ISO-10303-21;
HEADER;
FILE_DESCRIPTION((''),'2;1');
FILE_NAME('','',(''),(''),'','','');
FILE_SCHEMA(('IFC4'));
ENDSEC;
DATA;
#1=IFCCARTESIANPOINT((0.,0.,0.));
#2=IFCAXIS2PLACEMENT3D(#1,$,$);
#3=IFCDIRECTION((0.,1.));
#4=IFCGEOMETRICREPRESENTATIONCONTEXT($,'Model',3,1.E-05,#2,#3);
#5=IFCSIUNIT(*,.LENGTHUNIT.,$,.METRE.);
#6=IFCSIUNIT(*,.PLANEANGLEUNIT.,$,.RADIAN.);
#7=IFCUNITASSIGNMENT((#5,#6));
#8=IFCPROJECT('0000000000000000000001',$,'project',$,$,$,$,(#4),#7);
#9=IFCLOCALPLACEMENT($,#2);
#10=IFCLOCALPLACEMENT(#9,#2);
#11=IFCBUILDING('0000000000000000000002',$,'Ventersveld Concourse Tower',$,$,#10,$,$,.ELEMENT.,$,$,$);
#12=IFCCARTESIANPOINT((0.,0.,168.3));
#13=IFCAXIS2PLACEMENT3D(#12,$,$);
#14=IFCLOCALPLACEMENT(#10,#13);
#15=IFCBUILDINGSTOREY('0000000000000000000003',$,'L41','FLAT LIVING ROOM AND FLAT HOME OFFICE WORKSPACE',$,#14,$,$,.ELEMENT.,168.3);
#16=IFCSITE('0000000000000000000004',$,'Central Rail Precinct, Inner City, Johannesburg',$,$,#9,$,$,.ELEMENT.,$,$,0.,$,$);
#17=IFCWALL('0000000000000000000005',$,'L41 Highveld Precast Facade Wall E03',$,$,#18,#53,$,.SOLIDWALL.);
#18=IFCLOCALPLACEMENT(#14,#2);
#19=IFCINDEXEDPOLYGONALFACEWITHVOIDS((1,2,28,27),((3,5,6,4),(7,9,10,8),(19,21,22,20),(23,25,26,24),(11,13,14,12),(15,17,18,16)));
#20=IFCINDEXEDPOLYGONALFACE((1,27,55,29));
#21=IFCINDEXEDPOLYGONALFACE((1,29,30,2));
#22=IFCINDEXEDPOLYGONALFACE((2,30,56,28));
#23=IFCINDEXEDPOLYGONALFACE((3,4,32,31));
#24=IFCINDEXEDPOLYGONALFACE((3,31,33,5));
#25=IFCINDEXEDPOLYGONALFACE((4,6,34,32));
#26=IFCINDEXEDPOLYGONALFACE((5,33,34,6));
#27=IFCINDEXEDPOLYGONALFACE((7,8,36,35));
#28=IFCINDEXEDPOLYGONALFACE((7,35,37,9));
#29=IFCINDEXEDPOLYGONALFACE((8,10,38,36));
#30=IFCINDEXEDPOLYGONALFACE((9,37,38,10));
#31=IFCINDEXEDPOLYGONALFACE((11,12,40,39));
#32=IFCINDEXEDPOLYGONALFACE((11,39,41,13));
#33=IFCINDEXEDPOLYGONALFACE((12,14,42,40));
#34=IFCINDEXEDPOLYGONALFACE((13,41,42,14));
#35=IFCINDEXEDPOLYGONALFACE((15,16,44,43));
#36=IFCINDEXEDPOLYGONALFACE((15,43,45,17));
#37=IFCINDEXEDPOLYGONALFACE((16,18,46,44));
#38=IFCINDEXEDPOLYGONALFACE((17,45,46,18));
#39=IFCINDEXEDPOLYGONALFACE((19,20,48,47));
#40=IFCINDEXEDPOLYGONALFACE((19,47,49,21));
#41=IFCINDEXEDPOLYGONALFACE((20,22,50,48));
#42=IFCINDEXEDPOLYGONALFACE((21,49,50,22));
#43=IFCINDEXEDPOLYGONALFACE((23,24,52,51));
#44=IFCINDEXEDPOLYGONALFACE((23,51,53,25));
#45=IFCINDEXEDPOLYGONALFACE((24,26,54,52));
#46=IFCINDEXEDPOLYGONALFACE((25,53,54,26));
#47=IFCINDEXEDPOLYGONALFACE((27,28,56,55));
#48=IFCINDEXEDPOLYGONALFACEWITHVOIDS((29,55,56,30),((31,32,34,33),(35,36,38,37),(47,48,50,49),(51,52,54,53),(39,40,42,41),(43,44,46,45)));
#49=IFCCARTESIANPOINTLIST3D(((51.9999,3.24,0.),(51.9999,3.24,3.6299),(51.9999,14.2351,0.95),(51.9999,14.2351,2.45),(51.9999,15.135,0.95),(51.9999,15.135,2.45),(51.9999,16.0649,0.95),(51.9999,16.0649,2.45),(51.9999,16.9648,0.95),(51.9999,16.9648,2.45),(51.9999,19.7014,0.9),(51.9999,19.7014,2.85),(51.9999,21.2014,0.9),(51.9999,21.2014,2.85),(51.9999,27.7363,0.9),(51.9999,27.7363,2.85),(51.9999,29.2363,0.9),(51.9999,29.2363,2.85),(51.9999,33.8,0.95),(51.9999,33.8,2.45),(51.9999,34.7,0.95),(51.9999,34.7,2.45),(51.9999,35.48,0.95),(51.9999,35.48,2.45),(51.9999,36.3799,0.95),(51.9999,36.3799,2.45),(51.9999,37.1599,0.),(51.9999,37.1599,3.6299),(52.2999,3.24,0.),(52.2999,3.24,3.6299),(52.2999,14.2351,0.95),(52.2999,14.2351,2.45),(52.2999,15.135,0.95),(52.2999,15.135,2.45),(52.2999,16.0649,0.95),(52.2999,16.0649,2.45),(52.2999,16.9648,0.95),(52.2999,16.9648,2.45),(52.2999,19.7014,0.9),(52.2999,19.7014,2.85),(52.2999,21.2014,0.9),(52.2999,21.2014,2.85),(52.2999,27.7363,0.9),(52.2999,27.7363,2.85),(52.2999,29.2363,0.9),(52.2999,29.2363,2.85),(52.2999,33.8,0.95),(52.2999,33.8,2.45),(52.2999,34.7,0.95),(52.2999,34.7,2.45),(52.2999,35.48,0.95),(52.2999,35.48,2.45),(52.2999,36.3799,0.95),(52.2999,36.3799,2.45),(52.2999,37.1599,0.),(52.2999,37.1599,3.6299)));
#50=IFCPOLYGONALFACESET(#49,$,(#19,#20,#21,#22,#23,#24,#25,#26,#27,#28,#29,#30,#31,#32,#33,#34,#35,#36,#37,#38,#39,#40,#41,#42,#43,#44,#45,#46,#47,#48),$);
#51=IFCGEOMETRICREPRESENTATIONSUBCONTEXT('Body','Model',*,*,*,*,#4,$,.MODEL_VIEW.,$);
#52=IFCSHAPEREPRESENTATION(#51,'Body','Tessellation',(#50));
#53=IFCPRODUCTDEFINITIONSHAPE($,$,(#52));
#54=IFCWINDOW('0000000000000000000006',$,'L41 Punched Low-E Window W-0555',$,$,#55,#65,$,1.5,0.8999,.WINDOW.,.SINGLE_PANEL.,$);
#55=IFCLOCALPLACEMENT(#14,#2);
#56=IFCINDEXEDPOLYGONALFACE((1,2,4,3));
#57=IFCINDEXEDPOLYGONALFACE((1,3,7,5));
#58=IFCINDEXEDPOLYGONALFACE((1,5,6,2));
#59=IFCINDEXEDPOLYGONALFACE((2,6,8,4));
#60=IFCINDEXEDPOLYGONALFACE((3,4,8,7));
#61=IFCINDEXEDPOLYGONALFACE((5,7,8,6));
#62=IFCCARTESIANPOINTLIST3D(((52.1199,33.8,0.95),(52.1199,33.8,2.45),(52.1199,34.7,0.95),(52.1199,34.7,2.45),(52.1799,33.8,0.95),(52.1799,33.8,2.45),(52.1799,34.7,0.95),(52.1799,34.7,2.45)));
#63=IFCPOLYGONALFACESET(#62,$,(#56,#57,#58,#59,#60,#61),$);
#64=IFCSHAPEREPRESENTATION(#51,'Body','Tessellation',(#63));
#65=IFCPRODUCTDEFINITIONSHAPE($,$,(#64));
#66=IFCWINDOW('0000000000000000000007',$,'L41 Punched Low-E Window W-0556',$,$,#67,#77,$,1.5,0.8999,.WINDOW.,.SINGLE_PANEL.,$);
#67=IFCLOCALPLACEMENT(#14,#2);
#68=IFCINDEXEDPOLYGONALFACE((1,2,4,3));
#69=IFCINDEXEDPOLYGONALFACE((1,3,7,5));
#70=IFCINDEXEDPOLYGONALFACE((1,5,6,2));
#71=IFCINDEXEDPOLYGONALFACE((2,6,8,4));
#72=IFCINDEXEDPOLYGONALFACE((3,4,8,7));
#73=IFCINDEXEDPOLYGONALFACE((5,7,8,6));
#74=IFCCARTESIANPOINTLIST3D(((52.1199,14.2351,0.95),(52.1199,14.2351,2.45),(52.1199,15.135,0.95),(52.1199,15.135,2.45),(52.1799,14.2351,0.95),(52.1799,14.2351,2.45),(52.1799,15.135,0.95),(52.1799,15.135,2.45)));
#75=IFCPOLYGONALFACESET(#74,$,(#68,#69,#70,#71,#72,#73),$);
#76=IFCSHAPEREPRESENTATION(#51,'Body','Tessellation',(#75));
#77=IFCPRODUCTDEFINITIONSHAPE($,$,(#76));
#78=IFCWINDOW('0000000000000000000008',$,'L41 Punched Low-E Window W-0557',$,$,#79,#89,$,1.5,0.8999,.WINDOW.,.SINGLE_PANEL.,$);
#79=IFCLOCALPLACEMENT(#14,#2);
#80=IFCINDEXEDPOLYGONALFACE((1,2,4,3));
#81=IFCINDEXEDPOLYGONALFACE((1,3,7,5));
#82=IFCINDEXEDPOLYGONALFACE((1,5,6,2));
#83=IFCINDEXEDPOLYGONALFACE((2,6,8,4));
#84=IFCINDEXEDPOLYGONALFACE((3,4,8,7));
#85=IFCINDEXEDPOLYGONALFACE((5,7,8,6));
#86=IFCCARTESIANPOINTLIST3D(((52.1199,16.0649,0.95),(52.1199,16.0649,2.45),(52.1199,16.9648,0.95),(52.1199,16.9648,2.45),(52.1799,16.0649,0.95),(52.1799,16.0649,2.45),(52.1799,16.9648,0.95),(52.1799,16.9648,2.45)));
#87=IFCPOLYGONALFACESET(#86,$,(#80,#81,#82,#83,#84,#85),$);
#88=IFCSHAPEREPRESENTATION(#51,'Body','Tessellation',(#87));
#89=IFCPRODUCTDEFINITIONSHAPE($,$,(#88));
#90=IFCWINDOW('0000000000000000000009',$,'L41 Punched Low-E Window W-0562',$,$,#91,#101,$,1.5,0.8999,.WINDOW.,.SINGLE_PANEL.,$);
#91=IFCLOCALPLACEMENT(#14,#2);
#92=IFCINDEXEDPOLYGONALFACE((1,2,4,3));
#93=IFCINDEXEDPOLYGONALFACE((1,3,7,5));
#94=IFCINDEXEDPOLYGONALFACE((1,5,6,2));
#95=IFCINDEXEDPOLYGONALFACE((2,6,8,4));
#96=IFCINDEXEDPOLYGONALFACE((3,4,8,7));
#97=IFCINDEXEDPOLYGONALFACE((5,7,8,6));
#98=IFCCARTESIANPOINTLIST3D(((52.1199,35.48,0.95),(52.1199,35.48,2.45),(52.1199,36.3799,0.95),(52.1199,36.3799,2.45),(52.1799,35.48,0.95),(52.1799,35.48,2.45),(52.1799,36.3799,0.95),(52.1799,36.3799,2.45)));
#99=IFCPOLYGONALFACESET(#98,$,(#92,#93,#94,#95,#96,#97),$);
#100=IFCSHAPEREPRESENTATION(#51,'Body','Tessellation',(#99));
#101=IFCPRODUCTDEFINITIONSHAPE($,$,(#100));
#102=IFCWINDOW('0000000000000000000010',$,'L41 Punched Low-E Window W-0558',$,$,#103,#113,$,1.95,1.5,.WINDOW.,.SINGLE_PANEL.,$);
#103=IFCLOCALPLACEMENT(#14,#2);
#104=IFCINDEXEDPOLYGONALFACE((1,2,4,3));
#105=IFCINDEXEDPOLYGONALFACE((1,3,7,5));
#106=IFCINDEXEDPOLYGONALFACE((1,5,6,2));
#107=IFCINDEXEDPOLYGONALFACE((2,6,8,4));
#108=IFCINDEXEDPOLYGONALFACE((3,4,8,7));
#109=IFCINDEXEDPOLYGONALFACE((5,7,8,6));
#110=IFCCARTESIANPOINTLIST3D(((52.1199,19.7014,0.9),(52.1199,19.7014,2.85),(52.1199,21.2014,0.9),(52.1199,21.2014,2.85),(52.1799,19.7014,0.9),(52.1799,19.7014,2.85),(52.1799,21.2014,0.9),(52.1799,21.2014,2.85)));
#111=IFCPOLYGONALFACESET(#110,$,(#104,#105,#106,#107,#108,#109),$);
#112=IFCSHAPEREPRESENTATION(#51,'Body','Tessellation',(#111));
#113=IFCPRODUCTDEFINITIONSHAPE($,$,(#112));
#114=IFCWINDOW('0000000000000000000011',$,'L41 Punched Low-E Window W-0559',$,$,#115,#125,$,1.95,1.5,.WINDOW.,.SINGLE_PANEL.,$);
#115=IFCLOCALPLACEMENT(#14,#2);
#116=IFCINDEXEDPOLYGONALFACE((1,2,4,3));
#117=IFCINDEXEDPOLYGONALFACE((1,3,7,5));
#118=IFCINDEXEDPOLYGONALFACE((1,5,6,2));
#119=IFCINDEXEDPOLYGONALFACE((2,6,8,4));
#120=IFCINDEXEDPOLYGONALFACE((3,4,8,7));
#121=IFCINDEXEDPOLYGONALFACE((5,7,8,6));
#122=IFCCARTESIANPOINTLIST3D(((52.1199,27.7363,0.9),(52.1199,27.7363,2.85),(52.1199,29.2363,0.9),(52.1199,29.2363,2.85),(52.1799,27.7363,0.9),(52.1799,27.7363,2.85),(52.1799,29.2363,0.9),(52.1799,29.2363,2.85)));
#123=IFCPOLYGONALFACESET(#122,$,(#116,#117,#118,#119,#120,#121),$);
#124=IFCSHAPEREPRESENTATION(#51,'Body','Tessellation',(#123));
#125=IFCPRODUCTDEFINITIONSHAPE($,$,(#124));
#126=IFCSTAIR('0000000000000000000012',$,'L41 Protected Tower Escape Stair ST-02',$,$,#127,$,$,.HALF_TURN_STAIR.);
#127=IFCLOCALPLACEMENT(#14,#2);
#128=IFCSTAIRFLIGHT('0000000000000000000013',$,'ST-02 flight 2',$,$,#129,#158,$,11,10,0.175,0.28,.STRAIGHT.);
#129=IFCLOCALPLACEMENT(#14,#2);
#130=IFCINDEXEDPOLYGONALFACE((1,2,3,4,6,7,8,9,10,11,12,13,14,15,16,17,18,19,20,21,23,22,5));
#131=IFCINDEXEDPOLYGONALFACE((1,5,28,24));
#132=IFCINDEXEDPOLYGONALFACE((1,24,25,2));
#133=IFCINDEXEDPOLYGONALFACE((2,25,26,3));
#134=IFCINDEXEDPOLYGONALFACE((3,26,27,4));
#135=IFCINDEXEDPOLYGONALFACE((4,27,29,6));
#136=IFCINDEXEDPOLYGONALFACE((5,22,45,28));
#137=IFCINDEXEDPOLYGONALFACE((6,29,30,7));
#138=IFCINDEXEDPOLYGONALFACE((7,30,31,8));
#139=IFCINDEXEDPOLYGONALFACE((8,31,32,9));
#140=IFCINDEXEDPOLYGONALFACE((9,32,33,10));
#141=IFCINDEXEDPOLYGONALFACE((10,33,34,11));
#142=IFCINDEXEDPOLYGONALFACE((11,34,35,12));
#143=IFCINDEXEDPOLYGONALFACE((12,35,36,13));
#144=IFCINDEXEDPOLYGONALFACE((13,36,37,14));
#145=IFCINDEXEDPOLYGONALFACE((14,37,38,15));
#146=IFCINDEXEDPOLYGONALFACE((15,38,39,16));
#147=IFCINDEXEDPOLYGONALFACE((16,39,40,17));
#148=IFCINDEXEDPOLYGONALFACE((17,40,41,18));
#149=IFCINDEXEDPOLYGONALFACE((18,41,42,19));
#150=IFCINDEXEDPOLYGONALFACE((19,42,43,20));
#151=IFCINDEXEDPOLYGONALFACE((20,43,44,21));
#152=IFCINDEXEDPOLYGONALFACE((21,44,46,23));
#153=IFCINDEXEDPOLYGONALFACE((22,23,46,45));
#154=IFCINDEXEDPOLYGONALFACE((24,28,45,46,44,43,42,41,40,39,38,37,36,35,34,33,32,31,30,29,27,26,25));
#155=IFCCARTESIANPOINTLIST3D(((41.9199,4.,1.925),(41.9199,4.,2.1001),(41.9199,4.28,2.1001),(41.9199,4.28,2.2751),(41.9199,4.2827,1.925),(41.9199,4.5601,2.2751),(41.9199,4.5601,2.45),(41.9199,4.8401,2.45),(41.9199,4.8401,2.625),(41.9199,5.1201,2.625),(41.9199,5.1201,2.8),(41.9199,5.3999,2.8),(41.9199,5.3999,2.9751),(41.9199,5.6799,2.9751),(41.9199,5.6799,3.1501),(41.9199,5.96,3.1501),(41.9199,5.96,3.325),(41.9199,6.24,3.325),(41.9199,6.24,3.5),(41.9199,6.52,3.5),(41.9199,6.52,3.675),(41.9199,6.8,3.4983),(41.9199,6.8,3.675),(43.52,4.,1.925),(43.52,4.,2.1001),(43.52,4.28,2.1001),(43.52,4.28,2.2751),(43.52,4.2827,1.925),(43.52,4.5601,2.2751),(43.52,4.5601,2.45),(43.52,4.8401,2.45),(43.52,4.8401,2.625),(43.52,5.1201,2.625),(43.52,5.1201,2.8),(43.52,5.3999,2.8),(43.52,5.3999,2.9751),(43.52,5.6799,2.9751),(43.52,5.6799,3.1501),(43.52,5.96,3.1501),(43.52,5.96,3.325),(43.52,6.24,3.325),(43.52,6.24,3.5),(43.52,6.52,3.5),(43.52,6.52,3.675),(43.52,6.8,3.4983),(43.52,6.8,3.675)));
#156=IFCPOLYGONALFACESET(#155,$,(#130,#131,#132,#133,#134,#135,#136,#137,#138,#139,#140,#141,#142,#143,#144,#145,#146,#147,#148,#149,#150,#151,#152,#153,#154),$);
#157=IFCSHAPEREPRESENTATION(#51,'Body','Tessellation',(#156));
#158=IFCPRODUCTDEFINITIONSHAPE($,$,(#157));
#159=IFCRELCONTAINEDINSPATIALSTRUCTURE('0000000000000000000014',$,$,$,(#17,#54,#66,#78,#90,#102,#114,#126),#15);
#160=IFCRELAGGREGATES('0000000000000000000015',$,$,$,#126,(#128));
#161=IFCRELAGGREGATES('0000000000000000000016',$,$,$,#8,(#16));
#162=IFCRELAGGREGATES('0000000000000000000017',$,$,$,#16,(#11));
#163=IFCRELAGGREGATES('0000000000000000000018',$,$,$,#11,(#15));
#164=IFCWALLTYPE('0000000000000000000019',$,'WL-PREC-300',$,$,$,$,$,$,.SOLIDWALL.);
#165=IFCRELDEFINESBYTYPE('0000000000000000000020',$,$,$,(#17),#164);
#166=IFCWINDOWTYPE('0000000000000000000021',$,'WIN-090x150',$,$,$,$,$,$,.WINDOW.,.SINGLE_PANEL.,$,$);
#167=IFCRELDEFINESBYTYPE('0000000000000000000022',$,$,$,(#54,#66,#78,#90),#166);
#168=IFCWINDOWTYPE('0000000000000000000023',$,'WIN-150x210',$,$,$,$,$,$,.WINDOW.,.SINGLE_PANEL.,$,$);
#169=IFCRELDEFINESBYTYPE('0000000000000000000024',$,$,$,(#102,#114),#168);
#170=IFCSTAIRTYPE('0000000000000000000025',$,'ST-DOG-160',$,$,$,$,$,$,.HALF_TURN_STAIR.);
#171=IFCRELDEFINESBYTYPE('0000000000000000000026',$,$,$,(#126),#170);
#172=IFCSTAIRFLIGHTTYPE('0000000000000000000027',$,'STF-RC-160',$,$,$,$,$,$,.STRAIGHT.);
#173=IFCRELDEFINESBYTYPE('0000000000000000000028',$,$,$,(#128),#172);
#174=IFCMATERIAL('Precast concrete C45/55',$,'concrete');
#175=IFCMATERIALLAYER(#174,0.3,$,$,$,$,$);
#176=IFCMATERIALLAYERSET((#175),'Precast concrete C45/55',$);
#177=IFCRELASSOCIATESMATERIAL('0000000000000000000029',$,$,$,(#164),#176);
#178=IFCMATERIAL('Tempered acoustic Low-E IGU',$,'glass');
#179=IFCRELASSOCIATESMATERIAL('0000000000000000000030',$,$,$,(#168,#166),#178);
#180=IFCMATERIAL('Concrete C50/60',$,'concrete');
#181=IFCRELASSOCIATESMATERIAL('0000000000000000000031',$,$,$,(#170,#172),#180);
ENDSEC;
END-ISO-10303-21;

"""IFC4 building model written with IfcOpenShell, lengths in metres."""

from ifc_helpers import new_model, si_unit, direction, frame, frame_2d, origin, place, context, subcontext, project, spatial, polyline, rectangle, outline, extrude, material, layer, layer_set, type_object, element, fill, aggregate, save


model = new_model("IFC4")

# Units and contexts
model_context = context("Model", 3, precision=1e-05, world=origin(), true_north=direction((0.0, 1.0)))
body_context = subcontext(model_context, "Body", "Model", "MODEL_VIEW")
ifc_project = project(units=[si_unit("LENGTHUNIT", "METRE"), si_unit("PLANEANGLEUNIT", "RADIAN")], contexts=[model_context])

# Site, building, storey
site_placement = place(None, origin())
site = spatial("IfcSite", under=ifc_project, at=site_placement, Name="Central Rail Precinct, Inner City, Johannesburg", CompositionType="ELEMENT", RefElevation=0.0)
building_placement = place(site_placement, origin())
building = spatial("IfcBuilding", under=site, at=building_placement, Name="Ventersveld Concourse Tower", CompositionType="ELEMENT")
storey_placement = place(building_placement, frame((0.0, 0.0, 168.3)))
storey = spatial("IfcBuildingStorey", under=building, at=storey_placement, Name="L41", Description="FLAT LIVING ROOM AND FLAT HOME OFFICE WORKSPACE", CompositionType="ELEMENT", Elevation=168.3)

# Shared definitions
ifc_material_1 = material(Name="Concrete C50/60", Category="concrete")

# Shared definitions
ifc_material_2 = material(Name="Precast concrete C45/55", Category="concrete")
ifc_layer_1 = layer(ifc_material_2, 0.3)
ifc_layer_set_1 = layer_set([ifc_layer_1], Name="Precast concrete C45/55")
wall_type_1 = type_object("IfcWallType", Name="WL-PREC-300", PredefinedType="SOLIDWALL", material=ifc_layer_set_1)
ifc_material_3 = material(Name="Tempered acoustic Low-E IGU", Category="glass")
window_type_1 = type_object("IfcWindowType", Name="WIN-150x210", PartitioningType="SINGLE_PANEL", PredefinedType="WINDOW", material=ifc_material_3)

# Wall, openings, windows
wall_1_placement = place(storey_placement, frame((52.1499, 3.24, 0.0), z_axis=(0.0, 0.0, 1.0), x_axis=(0.0, 1.0, 0.0)))
wall_1 = element("IfcWall", 1, at=wall_1_placement, inside=storey, type_object=wall_type_1, Name="L41 Highveld Precast Facade Wall E03", PredefinedType="SOLIDWALL", context=body_context, shape_type="SweptSolid", body=[
    extrude(rectangle(XDim=33.9199, YDim=0.3, at=frame_2d((16.96, 0.0))), origin(), (0.0, 0.0, 1.0), 3.6299),
])
opening_1_placement = place(wall_1_placement, frame((30.5601, 0.0, 0.95)))
opening_1 = element("IfcOpeningElement", 2, at=opening_1_placement, cuts=wall_1, PredefinedType="OPENING", context=body_context, shape_type="SweptSolid", body=[
    extrude(rectangle(XDim=0.8999, YDim=1.5, at=frame_2d((0.45, 0.75))), frame((0.0, 0.1602, 0.0), z_axis=(0.0, -1.0, 0.0), x_axis=(1.0, 0.0, 0.0)), (0.0, 0.0, 1.0), 0.3201),
])
opening_2_placement = place(wall_1_placement, frame((10.9951, 0.0, 0.95)))
opening_2 = element("IfcOpeningElement", 3, at=opening_2_placement, cuts=wall_1, PredefinedType="OPENING", context=body_context, shape_type="SweptSolid", body=[
    extrude(rectangle(XDim=0.8999, YDim=1.5, at=frame_2d((0.45, 0.75))), frame((0.0, 0.1602, 0.0), z_axis=(0.0, -1.0, 0.0), x_axis=(1.0, 0.0, 0.0)), (0.0, 0.0, 1.0), 0.3201),
])
opening_3_placement = place(wall_1_placement, frame((12.825, 0.0, 0.95)))
opening_3 = element("IfcOpeningElement", 4, at=opening_3_placement, cuts=wall_1, PredefinedType="OPENING", context=body_context, shape_type="SweptSolid", body=[
    extrude(rectangle(XDim=0.8999, YDim=1.5, at=frame_2d((0.45, 0.75))), frame((0.0, 0.1602, 0.0), z_axis=(0.0, -1.0, 0.0), x_axis=(1.0, 0.0, 0.0)), (0.0, 0.0, 1.0), 0.3201),
])
opening_4_placement = place(wall_1_placement, frame((16.4614, 0.0, 0.8999)))
opening_4 = element("IfcOpeningElement", 5, at=opening_4_placement, cuts=wall_1, PredefinedType="OPENING", context=body_context, shape_type="SweptSolid", body=[
    extrude(rectangle(XDim=1.5, YDim=1.95, at=frame_2d((0.75, 0.9751))), frame((0.0, 0.1602, 0.0), z_axis=(0.0, -1.0, 0.0), x_axis=(1.0, 0.0, 0.0)), (0.0, 0.0, 1.0), 0.3201),
])
opening_5_placement = place(wall_1_placement, frame((24.4963, 0.0, 0.8999)))
opening_5 = element("IfcOpeningElement", 6, at=opening_5_placement, cuts=wall_1, PredefinedType="OPENING", context=body_context, shape_type="SweptSolid", body=[
    extrude(rectangle(XDim=1.5, YDim=1.95, at=frame_2d((0.75, 0.9751))), frame((0.0, 0.1602, 0.0), z_axis=(0.0, -1.0, 0.0), x_axis=(1.0, 0.0, 0.0)), (0.0, 0.0, 1.0), 0.3201),
])
opening_6_placement = place(wall_1_placement, frame((32.24, 0.0, 0.95)))
opening_6 = element("IfcOpeningElement", 7, at=opening_6_placement, cuts=wall_1, PredefinedType="OPENING", context=body_context, shape_type="SweptSolid", body=[
    extrude(rectangle(XDim=0.8999, YDim=1.5, at=frame_2d((0.45, 0.75))), frame((0.0, 0.1602, 0.0), z_axis=(0.0, -1.0, 0.0), x_axis=(1.0, 0.0, 0.0)), (0.0, 0.0, 1.0), 0.3201),
])
window_type_2 = type_object("IfcWindowType", Name="WIN-090x150", PartitioningType="SINGLE_PANEL", PredefinedType="WINDOW", material=ifc_material_3)
window_1_placement = place(opening_1_placement, origin())
window_1 = element("IfcWindow", 8, at=window_1_placement, inside=storey, type_object=window_type_2, Name="L41 Punched Low-E Window W-0555", OverallHeight=1.5, OverallWidth=0.8999, PartitioningType="SINGLE_PANEL", PredefinedType="WINDOW", context=body_context, shape_type="SweptSolid", body=[
    extrude(rectangle(XDim=0.8999, YDim=1.5, at=frame_2d((0.45, 0.75))), frame((0.0, 0.03, 0.0), z_axis=(0.0, -1.0, 0.0), x_axis=(1.0, 0.0, 0.0)), (0.0, 0.0, 1.0), 0.0601),
])
fill(opening_1, window_1)
window_2_placement = place(opening_2_placement, origin())
window_2 = element("IfcWindow", 9, at=window_2_placement, inside=storey, type_object=window_type_2, Name="L41 Punched Low-E Window W-0556", OverallHeight=1.5, OverallWidth=0.8999, PartitioningType="SINGLE_PANEL", PredefinedType="WINDOW", context=body_context, shape_type="SweptSolid", body=[
    extrude(rectangle(XDim=0.8999, YDim=1.5, at=frame_2d((0.45, 0.75))), frame((0.0, 0.03, 0.0), z_axis=(0.0, -1.0, 0.0), x_axis=(1.0, 0.0, 0.0)), (0.0, 0.0, 1.0), 0.0601),
])
fill(opening_2, window_2)
window_3_placement = place(opening_3_placement, origin())
window_3 = element("IfcWindow", 10, at=window_3_placement, inside=storey, type_object=window_type_2, Name="L41 Punched Low-E Window W-0557", OverallHeight=1.5, OverallWidth=0.8999, PartitioningType="SINGLE_PANEL", PredefinedType="WINDOW", context=body_context, shape_type="SweptSolid", body=[
    extrude(rectangle(XDim=0.8999, YDim=1.5, at=frame_2d((0.45, 0.75))), frame((0.0, 0.03, 0.0), z_axis=(0.0, -1.0, 0.0), x_axis=(1.0, 0.0, 0.0)), (0.0, 0.0, 1.0), 0.0601),
])
fill(opening_3, window_3)
window_4_placement = place(opening_6_placement, origin())
window_4 = element("IfcWindow", 11, at=window_4_placement, inside=storey, type_object=window_type_2, Name="L41 Punched Low-E Window W-0562", OverallHeight=1.5, OverallWidth=0.8999, PartitioningType="SINGLE_PANEL", PredefinedType="WINDOW", context=body_context, shape_type="SweptSolid", body=[
    extrude(rectangle(XDim=0.8999, YDim=1.5, at=frame_2d((0.45, 0.75))), frame((0.0, 0.03, 0.0), z_axis=(0.0, -1.0, 0.0), x_axis=(1.0, 0.0, 0.0)), (0.0, 0.0, 1.0), 0.0601),
])
fill(opening_6, window_4)
window_5_placement = place(opening_4_placement, origin())
window_5 = element("IfcWindow", 12, at=window_5_placement, inside=storey, type_object=window_type_1, Name="L41 Punched Low-E Window W-0558", OverallHeight=1.95, OverallWidth=1.5, PartitioningType="SINGLE_PANEL", PredefinedType="WINDOW", context=body_context, shape_type="SweptSolid", body=[
    extrude(rectangle(XDim=1.5, YDim=1.95, at=frame_2d((0.75, 0.9751))), frame((0.0, 0.03, 0.0), z_axis=(0.0, -1.0, 0.0), x_axis=(1.0, 0.0, 0.0)), (0.0, 0.0, 1.0), 0.0601),
])
fill(opening_4, window_5)
window_6_placement = place(opening_5_placement, origin())
window_6 = element("IfcWindow", 13, at=window_6_placement, inside=storey, type_object=window_type_1, Name="L41 Punched Low-E Window W-0559", OverallHeight=1.95, OverallWidth=1.5, PartitioningType="SINGLE_PANEL", PredefinedType="WINDOW", context=body_context, shape_type="SweptSolid", body=[
    extrude(rectangle(XDim=1.5, YDim=1.95, at=frame_2d((0.75, 0.9751))), frame((0.0, 0.03, 0.0), z_axis=(0.0, -1.0, 0.0), x_axis=(1.0, 0.0, 0.0)), (0.0, 0.0, 1.0), 0.0601),
])
fill(opening_5, window_6)

# Stair, stair flight
stair_type = type_object("IfcStairType", Name="ST-DOG-160", PredefinedType="HALF_TURN_STAIR", material=ifc_material_1)
stair_placement = place(storey_placement, origin())
stair = element("IfcStair", 14, at=stair_placement, inside=storey, type_object=stair_type, Name="L41 Protected Tower Escape Stair ST-02", PredefinedType="HALF_TURN_STAIR")
stair_flight_type = type_object("IfcStairFlightType", Name="STF-RC-160", PredefinedType="STRAIGHT", material=ifc_material_1)
stair_flight_placement = place(storey_placement, frame((42.72, 4.0, 1.925), z_axis=(0.0, 0.0, 1.0), x_axis=(0.0, 1.0, 0.0)))
stair_flight = element("IfcStairFlight", 15, at=stair_flight_placement, type_object=stair_flight_type, Name="ST-02 flight 2", NumberOfRisers=11, NumberOfTreads=10, PredefinedType="STRAIGHT", RiserHeight=0.175, TreadLength=0.28, context=body_context, shape_type="SweptSolid", body=[
    extrude(outline(polyline([(0.0, 0.0), (0.0, 0.175), (0.28, 0.175), (0.28, 0.3501), (0.5601, 0.3501), (0.5601, 0.5249), (0.8401, 0.5249), (0.8401, 0.7), (1.1201, 0.7), (1.1201, 0.875), (1.3999, 0.875), (1.3999, 1.05), (1.6799, 1.05), (1.6799, 1.2251), (1.96, 1.2251), (1.96, 1.3999), (2.24, 1.3999), (2.24, 1.575), (2.52, 1.575), (2.52, 1.75), (2.8, 1.75), (2.8, 1.925), (2.8, 1.5732), (0.2827, 0.0), (0.0, 0.0)])), frame((0.0, 0.8, 0.0), z_axis=(0.0, -1.0, 0.0), x_axis=(1.0, 0.0, 0.0)), (0.0, 0.0, 1.0), 1.6001),
])
aggregate(stair, [stair_flight])

save(model, "model.ifc")
